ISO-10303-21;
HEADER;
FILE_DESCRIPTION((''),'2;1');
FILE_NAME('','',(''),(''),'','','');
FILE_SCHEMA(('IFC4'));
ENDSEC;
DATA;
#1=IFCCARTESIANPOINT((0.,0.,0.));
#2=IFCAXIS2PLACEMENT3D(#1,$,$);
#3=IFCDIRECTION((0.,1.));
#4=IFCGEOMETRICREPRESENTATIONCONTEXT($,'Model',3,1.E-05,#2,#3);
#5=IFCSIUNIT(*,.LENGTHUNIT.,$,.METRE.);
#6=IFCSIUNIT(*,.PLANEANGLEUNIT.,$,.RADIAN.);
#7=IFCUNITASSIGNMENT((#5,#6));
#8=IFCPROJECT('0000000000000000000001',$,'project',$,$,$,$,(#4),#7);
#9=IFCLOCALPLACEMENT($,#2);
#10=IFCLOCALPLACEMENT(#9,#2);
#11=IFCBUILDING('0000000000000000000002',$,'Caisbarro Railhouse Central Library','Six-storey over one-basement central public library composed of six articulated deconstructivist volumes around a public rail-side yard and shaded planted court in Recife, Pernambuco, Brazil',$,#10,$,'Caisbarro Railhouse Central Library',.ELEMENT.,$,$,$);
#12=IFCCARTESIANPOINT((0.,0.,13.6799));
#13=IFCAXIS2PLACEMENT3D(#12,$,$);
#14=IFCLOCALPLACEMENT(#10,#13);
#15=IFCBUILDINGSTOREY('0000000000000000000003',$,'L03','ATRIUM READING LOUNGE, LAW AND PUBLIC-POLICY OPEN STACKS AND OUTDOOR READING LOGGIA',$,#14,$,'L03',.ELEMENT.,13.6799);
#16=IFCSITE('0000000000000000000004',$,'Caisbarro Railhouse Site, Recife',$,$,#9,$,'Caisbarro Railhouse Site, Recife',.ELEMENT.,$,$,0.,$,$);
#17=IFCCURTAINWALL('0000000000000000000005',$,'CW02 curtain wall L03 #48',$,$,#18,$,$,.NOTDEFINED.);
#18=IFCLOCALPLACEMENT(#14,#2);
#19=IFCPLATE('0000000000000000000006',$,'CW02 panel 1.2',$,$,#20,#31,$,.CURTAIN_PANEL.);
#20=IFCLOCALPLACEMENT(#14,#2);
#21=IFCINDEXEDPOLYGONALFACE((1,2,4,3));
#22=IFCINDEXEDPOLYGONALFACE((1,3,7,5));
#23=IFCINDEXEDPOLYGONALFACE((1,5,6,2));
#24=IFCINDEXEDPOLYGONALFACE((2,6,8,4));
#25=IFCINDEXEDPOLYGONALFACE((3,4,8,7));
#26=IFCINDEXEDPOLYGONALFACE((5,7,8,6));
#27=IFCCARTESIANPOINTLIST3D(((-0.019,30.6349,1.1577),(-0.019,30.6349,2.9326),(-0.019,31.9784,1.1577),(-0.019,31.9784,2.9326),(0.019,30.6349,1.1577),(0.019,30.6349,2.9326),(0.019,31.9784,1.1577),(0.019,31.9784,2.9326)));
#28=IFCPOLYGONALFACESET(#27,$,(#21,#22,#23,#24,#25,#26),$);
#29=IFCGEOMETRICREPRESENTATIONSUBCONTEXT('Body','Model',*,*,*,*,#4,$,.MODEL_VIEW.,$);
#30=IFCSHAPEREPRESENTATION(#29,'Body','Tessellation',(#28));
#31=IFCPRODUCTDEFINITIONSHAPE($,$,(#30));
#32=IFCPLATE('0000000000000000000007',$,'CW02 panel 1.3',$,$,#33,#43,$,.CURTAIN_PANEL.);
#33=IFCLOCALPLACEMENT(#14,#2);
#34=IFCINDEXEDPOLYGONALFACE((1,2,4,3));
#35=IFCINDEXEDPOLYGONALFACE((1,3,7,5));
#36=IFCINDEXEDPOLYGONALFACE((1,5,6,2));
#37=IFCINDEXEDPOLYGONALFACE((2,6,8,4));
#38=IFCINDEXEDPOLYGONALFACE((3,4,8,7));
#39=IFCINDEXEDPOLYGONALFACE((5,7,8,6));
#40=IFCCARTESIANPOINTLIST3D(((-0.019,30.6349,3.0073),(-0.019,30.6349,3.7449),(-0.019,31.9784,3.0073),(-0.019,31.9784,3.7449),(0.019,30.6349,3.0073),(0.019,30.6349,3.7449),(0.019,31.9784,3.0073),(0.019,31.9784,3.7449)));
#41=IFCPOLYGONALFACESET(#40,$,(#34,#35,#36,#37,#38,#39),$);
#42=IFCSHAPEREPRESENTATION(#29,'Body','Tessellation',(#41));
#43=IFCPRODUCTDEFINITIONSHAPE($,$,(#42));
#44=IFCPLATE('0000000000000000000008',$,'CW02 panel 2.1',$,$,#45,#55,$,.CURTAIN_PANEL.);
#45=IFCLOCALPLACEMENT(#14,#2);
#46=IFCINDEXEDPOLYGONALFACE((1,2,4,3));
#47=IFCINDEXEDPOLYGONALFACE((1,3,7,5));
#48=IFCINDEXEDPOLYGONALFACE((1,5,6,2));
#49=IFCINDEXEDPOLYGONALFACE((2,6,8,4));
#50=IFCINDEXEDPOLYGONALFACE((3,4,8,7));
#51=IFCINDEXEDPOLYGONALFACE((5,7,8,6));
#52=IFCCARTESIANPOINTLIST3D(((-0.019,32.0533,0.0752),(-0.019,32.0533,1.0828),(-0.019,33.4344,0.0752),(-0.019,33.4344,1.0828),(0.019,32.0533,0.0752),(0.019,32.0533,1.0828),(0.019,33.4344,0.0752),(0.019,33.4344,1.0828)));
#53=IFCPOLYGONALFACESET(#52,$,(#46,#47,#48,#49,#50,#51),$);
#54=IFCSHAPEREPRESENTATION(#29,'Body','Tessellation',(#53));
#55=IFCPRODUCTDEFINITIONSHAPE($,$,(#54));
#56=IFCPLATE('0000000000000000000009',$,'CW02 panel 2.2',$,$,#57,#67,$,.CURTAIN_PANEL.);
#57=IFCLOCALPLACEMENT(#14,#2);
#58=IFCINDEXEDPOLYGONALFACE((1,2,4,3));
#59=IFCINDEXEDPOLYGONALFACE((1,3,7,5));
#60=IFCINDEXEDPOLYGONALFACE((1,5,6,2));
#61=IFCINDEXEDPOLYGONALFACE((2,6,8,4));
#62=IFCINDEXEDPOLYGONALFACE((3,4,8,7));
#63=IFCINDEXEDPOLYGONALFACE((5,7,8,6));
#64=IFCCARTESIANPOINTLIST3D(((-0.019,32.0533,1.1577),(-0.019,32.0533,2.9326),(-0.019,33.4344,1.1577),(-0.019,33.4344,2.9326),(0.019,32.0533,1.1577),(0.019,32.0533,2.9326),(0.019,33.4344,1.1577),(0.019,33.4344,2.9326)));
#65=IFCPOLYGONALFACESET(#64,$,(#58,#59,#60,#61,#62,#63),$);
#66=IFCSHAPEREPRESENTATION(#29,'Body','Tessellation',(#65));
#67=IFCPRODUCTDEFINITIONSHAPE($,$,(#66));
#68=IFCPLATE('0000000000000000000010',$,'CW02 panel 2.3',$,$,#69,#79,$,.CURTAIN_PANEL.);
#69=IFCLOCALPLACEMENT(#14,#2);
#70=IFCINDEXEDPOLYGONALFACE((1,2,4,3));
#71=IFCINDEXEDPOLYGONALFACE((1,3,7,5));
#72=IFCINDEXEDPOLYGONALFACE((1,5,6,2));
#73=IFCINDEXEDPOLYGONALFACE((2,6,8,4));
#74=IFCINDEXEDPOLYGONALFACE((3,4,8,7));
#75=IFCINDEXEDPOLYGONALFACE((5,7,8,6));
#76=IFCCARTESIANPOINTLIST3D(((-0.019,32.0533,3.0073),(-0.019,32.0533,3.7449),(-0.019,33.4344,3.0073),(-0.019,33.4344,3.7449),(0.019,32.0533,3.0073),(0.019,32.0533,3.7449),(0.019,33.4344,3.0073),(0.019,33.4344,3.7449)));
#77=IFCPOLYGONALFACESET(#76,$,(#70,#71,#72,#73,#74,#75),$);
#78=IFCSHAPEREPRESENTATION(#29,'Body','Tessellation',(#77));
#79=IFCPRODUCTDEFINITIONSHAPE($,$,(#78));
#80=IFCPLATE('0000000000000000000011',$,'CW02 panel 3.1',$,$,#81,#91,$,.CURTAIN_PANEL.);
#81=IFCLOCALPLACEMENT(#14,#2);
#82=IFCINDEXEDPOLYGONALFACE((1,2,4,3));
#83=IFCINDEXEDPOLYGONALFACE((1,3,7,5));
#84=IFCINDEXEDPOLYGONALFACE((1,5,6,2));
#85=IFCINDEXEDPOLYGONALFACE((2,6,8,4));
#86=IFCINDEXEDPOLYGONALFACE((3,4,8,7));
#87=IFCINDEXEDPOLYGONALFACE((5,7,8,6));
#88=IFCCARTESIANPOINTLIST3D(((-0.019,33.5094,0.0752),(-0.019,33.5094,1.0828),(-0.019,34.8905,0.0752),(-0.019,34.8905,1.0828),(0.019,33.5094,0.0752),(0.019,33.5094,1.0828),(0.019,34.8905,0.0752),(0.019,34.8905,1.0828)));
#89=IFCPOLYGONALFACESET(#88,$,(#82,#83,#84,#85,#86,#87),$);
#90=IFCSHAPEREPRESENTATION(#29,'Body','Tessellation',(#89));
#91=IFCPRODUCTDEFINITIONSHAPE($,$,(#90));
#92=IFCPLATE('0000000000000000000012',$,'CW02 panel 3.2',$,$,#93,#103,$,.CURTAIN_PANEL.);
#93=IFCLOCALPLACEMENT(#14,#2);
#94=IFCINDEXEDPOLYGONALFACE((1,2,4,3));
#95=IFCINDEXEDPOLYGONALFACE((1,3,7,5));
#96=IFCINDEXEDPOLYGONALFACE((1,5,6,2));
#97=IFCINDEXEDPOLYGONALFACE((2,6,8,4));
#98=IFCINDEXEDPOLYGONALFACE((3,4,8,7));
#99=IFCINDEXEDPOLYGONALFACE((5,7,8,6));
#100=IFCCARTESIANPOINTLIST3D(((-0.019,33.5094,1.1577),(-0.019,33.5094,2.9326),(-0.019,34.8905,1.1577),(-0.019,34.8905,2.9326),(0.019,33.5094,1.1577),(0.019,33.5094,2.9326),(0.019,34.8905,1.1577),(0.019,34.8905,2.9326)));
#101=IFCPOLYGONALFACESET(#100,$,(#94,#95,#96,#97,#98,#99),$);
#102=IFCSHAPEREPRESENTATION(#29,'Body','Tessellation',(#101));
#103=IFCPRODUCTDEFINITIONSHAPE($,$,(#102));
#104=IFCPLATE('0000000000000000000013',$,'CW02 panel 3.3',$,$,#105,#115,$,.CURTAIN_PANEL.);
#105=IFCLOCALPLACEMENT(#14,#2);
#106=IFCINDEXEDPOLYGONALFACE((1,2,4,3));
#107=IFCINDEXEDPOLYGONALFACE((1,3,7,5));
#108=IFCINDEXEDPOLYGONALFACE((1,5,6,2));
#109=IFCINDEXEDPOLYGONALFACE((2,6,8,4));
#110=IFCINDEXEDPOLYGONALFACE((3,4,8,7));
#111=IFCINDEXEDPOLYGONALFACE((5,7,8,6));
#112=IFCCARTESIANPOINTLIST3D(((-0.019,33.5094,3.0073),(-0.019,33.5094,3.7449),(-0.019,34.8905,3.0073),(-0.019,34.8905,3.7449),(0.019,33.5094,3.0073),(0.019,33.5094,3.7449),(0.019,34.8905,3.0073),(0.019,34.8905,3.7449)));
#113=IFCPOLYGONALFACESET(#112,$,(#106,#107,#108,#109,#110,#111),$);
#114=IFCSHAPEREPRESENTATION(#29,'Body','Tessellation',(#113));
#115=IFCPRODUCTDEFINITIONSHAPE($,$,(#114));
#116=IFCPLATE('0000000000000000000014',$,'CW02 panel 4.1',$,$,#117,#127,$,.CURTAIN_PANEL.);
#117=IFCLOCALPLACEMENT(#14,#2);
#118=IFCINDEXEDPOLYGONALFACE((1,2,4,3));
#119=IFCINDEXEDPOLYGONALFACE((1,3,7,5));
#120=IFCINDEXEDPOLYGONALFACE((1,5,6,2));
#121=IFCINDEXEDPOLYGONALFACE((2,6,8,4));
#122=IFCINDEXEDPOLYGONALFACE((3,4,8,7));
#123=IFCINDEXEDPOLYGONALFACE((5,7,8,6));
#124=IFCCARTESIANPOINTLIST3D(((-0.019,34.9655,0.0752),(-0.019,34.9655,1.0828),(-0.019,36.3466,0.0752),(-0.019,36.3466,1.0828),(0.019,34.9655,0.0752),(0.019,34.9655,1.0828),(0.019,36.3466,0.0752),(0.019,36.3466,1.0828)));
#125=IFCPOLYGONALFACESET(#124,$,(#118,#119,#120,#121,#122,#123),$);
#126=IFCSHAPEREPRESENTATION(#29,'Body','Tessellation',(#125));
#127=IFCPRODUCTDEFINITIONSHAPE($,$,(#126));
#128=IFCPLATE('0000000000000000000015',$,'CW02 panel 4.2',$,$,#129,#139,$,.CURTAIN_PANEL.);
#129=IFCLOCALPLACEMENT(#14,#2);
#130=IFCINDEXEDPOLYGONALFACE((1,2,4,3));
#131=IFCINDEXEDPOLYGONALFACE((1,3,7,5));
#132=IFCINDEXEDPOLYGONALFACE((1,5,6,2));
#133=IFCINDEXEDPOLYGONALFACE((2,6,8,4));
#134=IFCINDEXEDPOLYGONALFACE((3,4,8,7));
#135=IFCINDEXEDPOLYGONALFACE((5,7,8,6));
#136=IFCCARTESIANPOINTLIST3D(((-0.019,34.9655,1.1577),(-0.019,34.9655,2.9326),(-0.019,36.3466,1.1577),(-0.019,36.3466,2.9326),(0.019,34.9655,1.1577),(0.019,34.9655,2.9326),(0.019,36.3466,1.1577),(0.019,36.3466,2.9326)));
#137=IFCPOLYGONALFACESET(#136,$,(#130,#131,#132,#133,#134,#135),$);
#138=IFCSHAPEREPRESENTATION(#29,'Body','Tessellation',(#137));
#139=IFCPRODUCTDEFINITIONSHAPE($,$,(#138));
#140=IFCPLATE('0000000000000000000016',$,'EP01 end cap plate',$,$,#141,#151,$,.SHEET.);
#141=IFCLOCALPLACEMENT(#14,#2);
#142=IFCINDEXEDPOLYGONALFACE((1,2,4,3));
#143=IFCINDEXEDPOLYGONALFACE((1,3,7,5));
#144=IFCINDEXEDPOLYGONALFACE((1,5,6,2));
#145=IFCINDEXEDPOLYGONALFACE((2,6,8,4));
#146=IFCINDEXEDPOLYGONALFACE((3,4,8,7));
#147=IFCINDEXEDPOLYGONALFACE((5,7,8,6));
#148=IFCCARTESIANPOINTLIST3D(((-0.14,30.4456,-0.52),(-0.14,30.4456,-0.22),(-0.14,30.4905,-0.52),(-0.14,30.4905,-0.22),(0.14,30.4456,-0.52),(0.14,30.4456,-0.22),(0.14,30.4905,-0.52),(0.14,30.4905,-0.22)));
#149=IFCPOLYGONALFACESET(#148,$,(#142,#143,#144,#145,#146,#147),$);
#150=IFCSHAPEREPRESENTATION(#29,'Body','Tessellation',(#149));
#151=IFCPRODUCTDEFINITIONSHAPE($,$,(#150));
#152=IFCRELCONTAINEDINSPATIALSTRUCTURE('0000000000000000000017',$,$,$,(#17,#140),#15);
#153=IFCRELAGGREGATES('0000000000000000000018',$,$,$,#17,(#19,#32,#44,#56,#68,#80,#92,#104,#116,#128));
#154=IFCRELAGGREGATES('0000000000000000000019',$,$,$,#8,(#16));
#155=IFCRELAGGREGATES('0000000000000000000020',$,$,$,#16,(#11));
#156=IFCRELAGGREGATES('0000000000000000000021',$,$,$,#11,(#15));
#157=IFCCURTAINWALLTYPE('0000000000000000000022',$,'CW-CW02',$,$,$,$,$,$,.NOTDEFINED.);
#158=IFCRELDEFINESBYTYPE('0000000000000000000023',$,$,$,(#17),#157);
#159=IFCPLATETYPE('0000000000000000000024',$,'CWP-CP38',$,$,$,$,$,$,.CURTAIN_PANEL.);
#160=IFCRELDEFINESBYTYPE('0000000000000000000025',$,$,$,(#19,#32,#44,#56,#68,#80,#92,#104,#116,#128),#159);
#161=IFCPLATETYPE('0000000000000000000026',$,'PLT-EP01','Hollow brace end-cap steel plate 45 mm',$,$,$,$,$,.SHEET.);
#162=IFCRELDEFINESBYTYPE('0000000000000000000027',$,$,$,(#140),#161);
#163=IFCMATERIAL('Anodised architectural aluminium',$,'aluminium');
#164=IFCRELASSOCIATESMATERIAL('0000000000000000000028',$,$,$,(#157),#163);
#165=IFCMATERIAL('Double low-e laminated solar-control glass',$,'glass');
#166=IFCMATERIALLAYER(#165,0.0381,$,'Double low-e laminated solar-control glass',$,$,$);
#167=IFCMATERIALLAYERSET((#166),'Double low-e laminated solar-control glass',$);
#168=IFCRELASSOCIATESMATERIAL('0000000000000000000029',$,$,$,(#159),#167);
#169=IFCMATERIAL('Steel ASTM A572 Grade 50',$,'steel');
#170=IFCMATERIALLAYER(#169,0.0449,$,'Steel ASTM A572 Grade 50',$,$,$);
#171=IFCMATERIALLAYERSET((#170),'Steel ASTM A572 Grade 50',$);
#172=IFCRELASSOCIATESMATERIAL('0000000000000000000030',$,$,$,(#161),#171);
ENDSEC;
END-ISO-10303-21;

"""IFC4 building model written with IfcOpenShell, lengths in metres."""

from ifc_helpers import new_model, si_unit, direction, frame, origin, origin_2d, place, context, subcontext, project, spatial, rectangle, extrude, material, layer, layer_set, type_object, element, aggregate, save


model = new_model("IFC4")

# Units and contexts
model_context = context("Model", 3, precision=1e-05, world=origin(), true_north=direction((0.0, 1.0)))
body_context = subcontext(model_context, "Body", "Model", "MODEL_VIEW")
ifc_project = project(units=[si_unit("LENGTHUNIT", "METRE"), si_unit("PLANEANGLEUNIT", "RADIAN")], contexts=[model_context])

# Site, building, storey
site_placement = place(None, origin())
site = spatial("IfcSite", under=ifc_project, at=site_placement, Name="Caisbarro Railhouse Site, Recife", LongName="Caisbarro Railhouse Site, Recife", CompositionType="ELEMENT", RefElevation=0.0)
building_placement = place(site_placement, origin())
building = spatial("IfcBuilding", under=site, at=building_placement, Name="Caisbarro Railhouse Central Library", Description="Six-storey over one-basement central public library composed of six articulated deconstructivist volumes around a public rail-side yard and shaded planted court in Recife, Pernambuco, Brazil", LongName="Caisbarro Railhouse Central Library", CompositionType="ELEMENT")
storey_placement = place(building_placement, frame((0.0, 0.0, 13.6799)))
storey = spatial("IfcBuildingStorey", under=building, at=storey_placement, Name="L03", Description="ATRIUM READING LOUNGE, LAW AND PUBLIC-POLICY OPEN STACKS AND OUTDOOR READING LOGGIA", LongName="L03", CompositionType="ELEMENT", Elevation=13.6799)

# Shared definitions
ifc_material_1 = material(Name="Steel ASTM A572 Grade 50", Category="steel")

# Curtain wall, plates
ifc_material_2 = material(Name="Anodised architectural aluminium", Category="aluminium")
curtain_wall_type = type_object("IfcCurtainWallType", Name="CW-CW02", PredefinedType="NOTDEFINED", material=ifc_material_2)
curtain_wall_placement = place(storey_placement, origin())
curtain_wall = element("IfcCurtainWall", 1, at=curtain_wall_placement, inside=storey, type_object=curtain_wall_type, Name="CW02 curtain wall L03 #48", PredefinedType="NOTDEFINED")
ifc_material_3 = material(Name="Double low-e laminated solar-control glass", Category="glass")
ifc_layer_1 = layer(ifc_material_3, 0.0381, Name="Double low-e laminated solar-control glass")
ifc_layer_set_1 = layer_set([ifc_layer_1], Name="Double low-e laminated solar-control glass")
plate_type_1 = type_object("IfcPlateType", Name="CWP-CP38", PredefinedType="CURTAIN_PANEL", material=ifc_layer_set_1)
plate_1_placement = place(storey_placement, frame((0.0, 31.3066, 1.1577), z_axis=(0.0, 0.0, 1.0), x_axis=(0.0, 1.0, 0.0)))
plate_1 = element("IfcPlate", 2, at=plate_1_placement, type_object=plate_type_1, Name="CW02 panel 1.2", PredefinedType="CURTAIN_PANEL", context=body_context, shape_type="SweptSolid", body=[
    extrude(rectangle(XDim=1.3435, YDim=0.0381, at=origin_2d()), origin(), (0.0, 0.0, 1.0), 1.7749),
])
plate_2_placement = place(storey_placement, frame((0.0, 31.3066, 3.0073), z_axis=(0.0, 0.0, 1.0), x_axis=(0.0, 1.0, 0.0)))
plate_2 = element("IfcPlate", 3, at=plate_2_placement, type_object=plate_type_1, Name="CW02 panel 1.3", PredefinedType="CURTAIN_PANEL", context=body_context, shape_type="SweptSolid", body=[
    extrude(rectangle(XDim=1.3435, YDim=0.0381, at=origin_2d()), origin(), (0.0, 0.0, 1.0), 0.7375),
])
plate_3_placement = place(storey_placement, frame((0.0, 32.7439, 0.0752), z_axis=(0.0, 0.0, 1.0), x_axis=(0.0, 1.0, 0.0)))
plate_3 = element("IfcPlate", 4, at=plate_3_placement, type_object=plate_type_1, Name="CW02 panel 2.1", PredefinedType="CURTAIN_PANEL", context=body_context, shape_type="SweptSolid", body=[
    extrude(rectangle(XDim=1.3811, YDim=0.0381, at=origin_2d()), origin(), (0.0, 0.0, 1.0), 1.0076),
])
plate_4_placement = place(storey_placement, frame((0.0, 32.7439, 1.1577), z_axis=(0.0, 0.0, 1.0), x_axis=(0.0, 1.0, 0.0)))
plate_4 = element("IfcPlate", 5, at=plate_4_placement, type_object=plate_type_1, Name="CW02 panel 2.2", PredefinedType="CURTAIN_PANEL", context=body_context, shape_type="SweptSolid", body=[
    extrude(rectangle(XDim=1.3811, YDim=0.0381, at=origin_2d()), origin(), (0.0, 0.0, 1.0), 1.7749),
])
plate_5_placement = place(storey_placement, frame((0.0, 32.7439, 3.0073), z_axis=(0.0, 0.0, 1.0), x_axis=(0.0, 1.0, 0.0)))
plate_5 = element("IfcPlate", 6, at=plate_5_placement, type_object=plate_type_1, Name="CW02 panel 2.3", PredefinedType="CURTAIN_PANEL", context=body_context, shape_type="SweptSolid", body=[
    extrude(rectangle(XDim=1.3811, YDim=0.0381, at=origin_2d()), origin(), (0.0, 0.0, 1.0), 0.7375),
])
plate_6_placement = place(storey_placement, frame((0.0, 34.2, 0.0752), z_axis=(0.0, 0.0, 1.0), x_axis=(0.0, 1.0, 0.0)))
plate_6 = element("IfcPlate", 7, at=plate_6_placement, type_object=plate_type_1, Name="CW02 panel 3.1", PredefinedType="CURTAIN_PANEL", context=body_context, shape_type="SweptSolid", body=[
    extrude(rectangle(XDim=1.3811, YDim=0.0381, at=origin_2d()), origin(), (0.0, 0.0, 1.0), 1.0076),
])
plate_7_placement = place(storey_placement, frame((0.0, 34.2, 1.1577), z_axis=(0.0, 0.0, 1.0), x_axis=(0.0, 1.0, 0.0)))
plate_7 = element("IfcPlate", 8, at=plate_7_placement, type_object=plate_type_1, Name="CW02 panel 3.2", PredefinedType="CURTAIN_PANEL", context=body_context, shape_type="SweptSolid", body=[
    extrude(rectangle(XDim=1.3811, YDim=0.0381, at=origin_2d()), origin(), (0.0, 0.0, 1.0), 1.7749),
])
plate_8_placement = place(storey_placement, frame((0.0, 34.2, 3.0073), z_axis=(0.0, 0.0, 1.0), x_axis=(0.0, 1.0, 0.0)))
plate_8 = element("IfcPlate", 9, at=plate_8_placement, type_object=plate_type_1, Name="CW02 panel 3.3", PredefinedType="CURTAIN_PANEL", context=body_context, shape_type="SweptSolid", body=[
    extrude(rectangle(XDim=1.3811, YDim=0.0381, at=origin_2d()), origin(), (0.0, 0.0, 1.0), 0.7375),
])
plate_9_placement = place(storey_placement, frame((0.0, 35.656, 0.0752), z_axis=(0.0, 0.0, 1.0), x_axis=(0.0, 1.0, 0.0)))
plate_9 = element("IfcPlate", 10, at=plate_9_placement, type_object=plate_type_1, Name="CW02 panel 4.1", PredefinedType="CURTAIN_PANEL", context=body_context, shape_type="SweptSolid", body=[
    extrude(rectangle(XDim=1.3811, YDim=0.0381, at=origin_2d()), origin(), (0.0, 0.0, 1.0), 1.0076),
])
plate_10_placement = place(storey_placement, frame((0.0, 35.656, 1.1577), z_axis=(0.0, 0.0, 1.0), x_axis=(0.0, 1.0, 0.0)))
plate_10 = element("IfcPlate", 11, at=plate_10_placement, type_object=plate_type_1, Name="CW02 panel 4.2", PredefinedType="CURTAIN_PANEL", context=body_context, shape_type="SweptSolid", body=[
    extrude(rectangle(XDim=1.3811, YDim=0.0381, at=origin_2d()), origin(), (0.0, 0.0, 1.0), 1.7749),
])
aggregate(curtain_wall, [plate_1, plate_2, plate_3, plate_4, plate_5, plate_6, plate_7, plate_8, plate_9, plate_10])

# Plate
ifc_layer_2 = layer(ifc_material_1, 0.0449, Name="Steel ASTM A572 Grade 50")
ifc_layer_set_2 = layer_set([ifc_layer_2], Name="Steel ASTM A572 Grade 50")
plate_type_2 = type_object("IfcPlateType", Name="PLT-EP01", Description="Hollow brace end-cap steel plate 45 mm", PredefinedType="SHEET", material=ifc_layer_set_2)
plate_11_placement = place(storey_placement, frame((0.0, 30.468, -0.52), z_axis=(0.0, 0.0, 1.0), x_axis=(0.0, 1.0, 0.0)))
element("IfcPlate", 12, at=plate_11_placement, inside=storey, type_object=plate_type_2, Name="EP01 end cap plate", PredefinedType="SHEET", context=body_context, shape_type="SweptSolid", body=[
    extrude(rectangle(XDim=0.0449, YDim=0.28, at=origin_2d()), origin(), (0.0, 0.0, 1.0), 0.3),
])

save(model, "model.ifc")
